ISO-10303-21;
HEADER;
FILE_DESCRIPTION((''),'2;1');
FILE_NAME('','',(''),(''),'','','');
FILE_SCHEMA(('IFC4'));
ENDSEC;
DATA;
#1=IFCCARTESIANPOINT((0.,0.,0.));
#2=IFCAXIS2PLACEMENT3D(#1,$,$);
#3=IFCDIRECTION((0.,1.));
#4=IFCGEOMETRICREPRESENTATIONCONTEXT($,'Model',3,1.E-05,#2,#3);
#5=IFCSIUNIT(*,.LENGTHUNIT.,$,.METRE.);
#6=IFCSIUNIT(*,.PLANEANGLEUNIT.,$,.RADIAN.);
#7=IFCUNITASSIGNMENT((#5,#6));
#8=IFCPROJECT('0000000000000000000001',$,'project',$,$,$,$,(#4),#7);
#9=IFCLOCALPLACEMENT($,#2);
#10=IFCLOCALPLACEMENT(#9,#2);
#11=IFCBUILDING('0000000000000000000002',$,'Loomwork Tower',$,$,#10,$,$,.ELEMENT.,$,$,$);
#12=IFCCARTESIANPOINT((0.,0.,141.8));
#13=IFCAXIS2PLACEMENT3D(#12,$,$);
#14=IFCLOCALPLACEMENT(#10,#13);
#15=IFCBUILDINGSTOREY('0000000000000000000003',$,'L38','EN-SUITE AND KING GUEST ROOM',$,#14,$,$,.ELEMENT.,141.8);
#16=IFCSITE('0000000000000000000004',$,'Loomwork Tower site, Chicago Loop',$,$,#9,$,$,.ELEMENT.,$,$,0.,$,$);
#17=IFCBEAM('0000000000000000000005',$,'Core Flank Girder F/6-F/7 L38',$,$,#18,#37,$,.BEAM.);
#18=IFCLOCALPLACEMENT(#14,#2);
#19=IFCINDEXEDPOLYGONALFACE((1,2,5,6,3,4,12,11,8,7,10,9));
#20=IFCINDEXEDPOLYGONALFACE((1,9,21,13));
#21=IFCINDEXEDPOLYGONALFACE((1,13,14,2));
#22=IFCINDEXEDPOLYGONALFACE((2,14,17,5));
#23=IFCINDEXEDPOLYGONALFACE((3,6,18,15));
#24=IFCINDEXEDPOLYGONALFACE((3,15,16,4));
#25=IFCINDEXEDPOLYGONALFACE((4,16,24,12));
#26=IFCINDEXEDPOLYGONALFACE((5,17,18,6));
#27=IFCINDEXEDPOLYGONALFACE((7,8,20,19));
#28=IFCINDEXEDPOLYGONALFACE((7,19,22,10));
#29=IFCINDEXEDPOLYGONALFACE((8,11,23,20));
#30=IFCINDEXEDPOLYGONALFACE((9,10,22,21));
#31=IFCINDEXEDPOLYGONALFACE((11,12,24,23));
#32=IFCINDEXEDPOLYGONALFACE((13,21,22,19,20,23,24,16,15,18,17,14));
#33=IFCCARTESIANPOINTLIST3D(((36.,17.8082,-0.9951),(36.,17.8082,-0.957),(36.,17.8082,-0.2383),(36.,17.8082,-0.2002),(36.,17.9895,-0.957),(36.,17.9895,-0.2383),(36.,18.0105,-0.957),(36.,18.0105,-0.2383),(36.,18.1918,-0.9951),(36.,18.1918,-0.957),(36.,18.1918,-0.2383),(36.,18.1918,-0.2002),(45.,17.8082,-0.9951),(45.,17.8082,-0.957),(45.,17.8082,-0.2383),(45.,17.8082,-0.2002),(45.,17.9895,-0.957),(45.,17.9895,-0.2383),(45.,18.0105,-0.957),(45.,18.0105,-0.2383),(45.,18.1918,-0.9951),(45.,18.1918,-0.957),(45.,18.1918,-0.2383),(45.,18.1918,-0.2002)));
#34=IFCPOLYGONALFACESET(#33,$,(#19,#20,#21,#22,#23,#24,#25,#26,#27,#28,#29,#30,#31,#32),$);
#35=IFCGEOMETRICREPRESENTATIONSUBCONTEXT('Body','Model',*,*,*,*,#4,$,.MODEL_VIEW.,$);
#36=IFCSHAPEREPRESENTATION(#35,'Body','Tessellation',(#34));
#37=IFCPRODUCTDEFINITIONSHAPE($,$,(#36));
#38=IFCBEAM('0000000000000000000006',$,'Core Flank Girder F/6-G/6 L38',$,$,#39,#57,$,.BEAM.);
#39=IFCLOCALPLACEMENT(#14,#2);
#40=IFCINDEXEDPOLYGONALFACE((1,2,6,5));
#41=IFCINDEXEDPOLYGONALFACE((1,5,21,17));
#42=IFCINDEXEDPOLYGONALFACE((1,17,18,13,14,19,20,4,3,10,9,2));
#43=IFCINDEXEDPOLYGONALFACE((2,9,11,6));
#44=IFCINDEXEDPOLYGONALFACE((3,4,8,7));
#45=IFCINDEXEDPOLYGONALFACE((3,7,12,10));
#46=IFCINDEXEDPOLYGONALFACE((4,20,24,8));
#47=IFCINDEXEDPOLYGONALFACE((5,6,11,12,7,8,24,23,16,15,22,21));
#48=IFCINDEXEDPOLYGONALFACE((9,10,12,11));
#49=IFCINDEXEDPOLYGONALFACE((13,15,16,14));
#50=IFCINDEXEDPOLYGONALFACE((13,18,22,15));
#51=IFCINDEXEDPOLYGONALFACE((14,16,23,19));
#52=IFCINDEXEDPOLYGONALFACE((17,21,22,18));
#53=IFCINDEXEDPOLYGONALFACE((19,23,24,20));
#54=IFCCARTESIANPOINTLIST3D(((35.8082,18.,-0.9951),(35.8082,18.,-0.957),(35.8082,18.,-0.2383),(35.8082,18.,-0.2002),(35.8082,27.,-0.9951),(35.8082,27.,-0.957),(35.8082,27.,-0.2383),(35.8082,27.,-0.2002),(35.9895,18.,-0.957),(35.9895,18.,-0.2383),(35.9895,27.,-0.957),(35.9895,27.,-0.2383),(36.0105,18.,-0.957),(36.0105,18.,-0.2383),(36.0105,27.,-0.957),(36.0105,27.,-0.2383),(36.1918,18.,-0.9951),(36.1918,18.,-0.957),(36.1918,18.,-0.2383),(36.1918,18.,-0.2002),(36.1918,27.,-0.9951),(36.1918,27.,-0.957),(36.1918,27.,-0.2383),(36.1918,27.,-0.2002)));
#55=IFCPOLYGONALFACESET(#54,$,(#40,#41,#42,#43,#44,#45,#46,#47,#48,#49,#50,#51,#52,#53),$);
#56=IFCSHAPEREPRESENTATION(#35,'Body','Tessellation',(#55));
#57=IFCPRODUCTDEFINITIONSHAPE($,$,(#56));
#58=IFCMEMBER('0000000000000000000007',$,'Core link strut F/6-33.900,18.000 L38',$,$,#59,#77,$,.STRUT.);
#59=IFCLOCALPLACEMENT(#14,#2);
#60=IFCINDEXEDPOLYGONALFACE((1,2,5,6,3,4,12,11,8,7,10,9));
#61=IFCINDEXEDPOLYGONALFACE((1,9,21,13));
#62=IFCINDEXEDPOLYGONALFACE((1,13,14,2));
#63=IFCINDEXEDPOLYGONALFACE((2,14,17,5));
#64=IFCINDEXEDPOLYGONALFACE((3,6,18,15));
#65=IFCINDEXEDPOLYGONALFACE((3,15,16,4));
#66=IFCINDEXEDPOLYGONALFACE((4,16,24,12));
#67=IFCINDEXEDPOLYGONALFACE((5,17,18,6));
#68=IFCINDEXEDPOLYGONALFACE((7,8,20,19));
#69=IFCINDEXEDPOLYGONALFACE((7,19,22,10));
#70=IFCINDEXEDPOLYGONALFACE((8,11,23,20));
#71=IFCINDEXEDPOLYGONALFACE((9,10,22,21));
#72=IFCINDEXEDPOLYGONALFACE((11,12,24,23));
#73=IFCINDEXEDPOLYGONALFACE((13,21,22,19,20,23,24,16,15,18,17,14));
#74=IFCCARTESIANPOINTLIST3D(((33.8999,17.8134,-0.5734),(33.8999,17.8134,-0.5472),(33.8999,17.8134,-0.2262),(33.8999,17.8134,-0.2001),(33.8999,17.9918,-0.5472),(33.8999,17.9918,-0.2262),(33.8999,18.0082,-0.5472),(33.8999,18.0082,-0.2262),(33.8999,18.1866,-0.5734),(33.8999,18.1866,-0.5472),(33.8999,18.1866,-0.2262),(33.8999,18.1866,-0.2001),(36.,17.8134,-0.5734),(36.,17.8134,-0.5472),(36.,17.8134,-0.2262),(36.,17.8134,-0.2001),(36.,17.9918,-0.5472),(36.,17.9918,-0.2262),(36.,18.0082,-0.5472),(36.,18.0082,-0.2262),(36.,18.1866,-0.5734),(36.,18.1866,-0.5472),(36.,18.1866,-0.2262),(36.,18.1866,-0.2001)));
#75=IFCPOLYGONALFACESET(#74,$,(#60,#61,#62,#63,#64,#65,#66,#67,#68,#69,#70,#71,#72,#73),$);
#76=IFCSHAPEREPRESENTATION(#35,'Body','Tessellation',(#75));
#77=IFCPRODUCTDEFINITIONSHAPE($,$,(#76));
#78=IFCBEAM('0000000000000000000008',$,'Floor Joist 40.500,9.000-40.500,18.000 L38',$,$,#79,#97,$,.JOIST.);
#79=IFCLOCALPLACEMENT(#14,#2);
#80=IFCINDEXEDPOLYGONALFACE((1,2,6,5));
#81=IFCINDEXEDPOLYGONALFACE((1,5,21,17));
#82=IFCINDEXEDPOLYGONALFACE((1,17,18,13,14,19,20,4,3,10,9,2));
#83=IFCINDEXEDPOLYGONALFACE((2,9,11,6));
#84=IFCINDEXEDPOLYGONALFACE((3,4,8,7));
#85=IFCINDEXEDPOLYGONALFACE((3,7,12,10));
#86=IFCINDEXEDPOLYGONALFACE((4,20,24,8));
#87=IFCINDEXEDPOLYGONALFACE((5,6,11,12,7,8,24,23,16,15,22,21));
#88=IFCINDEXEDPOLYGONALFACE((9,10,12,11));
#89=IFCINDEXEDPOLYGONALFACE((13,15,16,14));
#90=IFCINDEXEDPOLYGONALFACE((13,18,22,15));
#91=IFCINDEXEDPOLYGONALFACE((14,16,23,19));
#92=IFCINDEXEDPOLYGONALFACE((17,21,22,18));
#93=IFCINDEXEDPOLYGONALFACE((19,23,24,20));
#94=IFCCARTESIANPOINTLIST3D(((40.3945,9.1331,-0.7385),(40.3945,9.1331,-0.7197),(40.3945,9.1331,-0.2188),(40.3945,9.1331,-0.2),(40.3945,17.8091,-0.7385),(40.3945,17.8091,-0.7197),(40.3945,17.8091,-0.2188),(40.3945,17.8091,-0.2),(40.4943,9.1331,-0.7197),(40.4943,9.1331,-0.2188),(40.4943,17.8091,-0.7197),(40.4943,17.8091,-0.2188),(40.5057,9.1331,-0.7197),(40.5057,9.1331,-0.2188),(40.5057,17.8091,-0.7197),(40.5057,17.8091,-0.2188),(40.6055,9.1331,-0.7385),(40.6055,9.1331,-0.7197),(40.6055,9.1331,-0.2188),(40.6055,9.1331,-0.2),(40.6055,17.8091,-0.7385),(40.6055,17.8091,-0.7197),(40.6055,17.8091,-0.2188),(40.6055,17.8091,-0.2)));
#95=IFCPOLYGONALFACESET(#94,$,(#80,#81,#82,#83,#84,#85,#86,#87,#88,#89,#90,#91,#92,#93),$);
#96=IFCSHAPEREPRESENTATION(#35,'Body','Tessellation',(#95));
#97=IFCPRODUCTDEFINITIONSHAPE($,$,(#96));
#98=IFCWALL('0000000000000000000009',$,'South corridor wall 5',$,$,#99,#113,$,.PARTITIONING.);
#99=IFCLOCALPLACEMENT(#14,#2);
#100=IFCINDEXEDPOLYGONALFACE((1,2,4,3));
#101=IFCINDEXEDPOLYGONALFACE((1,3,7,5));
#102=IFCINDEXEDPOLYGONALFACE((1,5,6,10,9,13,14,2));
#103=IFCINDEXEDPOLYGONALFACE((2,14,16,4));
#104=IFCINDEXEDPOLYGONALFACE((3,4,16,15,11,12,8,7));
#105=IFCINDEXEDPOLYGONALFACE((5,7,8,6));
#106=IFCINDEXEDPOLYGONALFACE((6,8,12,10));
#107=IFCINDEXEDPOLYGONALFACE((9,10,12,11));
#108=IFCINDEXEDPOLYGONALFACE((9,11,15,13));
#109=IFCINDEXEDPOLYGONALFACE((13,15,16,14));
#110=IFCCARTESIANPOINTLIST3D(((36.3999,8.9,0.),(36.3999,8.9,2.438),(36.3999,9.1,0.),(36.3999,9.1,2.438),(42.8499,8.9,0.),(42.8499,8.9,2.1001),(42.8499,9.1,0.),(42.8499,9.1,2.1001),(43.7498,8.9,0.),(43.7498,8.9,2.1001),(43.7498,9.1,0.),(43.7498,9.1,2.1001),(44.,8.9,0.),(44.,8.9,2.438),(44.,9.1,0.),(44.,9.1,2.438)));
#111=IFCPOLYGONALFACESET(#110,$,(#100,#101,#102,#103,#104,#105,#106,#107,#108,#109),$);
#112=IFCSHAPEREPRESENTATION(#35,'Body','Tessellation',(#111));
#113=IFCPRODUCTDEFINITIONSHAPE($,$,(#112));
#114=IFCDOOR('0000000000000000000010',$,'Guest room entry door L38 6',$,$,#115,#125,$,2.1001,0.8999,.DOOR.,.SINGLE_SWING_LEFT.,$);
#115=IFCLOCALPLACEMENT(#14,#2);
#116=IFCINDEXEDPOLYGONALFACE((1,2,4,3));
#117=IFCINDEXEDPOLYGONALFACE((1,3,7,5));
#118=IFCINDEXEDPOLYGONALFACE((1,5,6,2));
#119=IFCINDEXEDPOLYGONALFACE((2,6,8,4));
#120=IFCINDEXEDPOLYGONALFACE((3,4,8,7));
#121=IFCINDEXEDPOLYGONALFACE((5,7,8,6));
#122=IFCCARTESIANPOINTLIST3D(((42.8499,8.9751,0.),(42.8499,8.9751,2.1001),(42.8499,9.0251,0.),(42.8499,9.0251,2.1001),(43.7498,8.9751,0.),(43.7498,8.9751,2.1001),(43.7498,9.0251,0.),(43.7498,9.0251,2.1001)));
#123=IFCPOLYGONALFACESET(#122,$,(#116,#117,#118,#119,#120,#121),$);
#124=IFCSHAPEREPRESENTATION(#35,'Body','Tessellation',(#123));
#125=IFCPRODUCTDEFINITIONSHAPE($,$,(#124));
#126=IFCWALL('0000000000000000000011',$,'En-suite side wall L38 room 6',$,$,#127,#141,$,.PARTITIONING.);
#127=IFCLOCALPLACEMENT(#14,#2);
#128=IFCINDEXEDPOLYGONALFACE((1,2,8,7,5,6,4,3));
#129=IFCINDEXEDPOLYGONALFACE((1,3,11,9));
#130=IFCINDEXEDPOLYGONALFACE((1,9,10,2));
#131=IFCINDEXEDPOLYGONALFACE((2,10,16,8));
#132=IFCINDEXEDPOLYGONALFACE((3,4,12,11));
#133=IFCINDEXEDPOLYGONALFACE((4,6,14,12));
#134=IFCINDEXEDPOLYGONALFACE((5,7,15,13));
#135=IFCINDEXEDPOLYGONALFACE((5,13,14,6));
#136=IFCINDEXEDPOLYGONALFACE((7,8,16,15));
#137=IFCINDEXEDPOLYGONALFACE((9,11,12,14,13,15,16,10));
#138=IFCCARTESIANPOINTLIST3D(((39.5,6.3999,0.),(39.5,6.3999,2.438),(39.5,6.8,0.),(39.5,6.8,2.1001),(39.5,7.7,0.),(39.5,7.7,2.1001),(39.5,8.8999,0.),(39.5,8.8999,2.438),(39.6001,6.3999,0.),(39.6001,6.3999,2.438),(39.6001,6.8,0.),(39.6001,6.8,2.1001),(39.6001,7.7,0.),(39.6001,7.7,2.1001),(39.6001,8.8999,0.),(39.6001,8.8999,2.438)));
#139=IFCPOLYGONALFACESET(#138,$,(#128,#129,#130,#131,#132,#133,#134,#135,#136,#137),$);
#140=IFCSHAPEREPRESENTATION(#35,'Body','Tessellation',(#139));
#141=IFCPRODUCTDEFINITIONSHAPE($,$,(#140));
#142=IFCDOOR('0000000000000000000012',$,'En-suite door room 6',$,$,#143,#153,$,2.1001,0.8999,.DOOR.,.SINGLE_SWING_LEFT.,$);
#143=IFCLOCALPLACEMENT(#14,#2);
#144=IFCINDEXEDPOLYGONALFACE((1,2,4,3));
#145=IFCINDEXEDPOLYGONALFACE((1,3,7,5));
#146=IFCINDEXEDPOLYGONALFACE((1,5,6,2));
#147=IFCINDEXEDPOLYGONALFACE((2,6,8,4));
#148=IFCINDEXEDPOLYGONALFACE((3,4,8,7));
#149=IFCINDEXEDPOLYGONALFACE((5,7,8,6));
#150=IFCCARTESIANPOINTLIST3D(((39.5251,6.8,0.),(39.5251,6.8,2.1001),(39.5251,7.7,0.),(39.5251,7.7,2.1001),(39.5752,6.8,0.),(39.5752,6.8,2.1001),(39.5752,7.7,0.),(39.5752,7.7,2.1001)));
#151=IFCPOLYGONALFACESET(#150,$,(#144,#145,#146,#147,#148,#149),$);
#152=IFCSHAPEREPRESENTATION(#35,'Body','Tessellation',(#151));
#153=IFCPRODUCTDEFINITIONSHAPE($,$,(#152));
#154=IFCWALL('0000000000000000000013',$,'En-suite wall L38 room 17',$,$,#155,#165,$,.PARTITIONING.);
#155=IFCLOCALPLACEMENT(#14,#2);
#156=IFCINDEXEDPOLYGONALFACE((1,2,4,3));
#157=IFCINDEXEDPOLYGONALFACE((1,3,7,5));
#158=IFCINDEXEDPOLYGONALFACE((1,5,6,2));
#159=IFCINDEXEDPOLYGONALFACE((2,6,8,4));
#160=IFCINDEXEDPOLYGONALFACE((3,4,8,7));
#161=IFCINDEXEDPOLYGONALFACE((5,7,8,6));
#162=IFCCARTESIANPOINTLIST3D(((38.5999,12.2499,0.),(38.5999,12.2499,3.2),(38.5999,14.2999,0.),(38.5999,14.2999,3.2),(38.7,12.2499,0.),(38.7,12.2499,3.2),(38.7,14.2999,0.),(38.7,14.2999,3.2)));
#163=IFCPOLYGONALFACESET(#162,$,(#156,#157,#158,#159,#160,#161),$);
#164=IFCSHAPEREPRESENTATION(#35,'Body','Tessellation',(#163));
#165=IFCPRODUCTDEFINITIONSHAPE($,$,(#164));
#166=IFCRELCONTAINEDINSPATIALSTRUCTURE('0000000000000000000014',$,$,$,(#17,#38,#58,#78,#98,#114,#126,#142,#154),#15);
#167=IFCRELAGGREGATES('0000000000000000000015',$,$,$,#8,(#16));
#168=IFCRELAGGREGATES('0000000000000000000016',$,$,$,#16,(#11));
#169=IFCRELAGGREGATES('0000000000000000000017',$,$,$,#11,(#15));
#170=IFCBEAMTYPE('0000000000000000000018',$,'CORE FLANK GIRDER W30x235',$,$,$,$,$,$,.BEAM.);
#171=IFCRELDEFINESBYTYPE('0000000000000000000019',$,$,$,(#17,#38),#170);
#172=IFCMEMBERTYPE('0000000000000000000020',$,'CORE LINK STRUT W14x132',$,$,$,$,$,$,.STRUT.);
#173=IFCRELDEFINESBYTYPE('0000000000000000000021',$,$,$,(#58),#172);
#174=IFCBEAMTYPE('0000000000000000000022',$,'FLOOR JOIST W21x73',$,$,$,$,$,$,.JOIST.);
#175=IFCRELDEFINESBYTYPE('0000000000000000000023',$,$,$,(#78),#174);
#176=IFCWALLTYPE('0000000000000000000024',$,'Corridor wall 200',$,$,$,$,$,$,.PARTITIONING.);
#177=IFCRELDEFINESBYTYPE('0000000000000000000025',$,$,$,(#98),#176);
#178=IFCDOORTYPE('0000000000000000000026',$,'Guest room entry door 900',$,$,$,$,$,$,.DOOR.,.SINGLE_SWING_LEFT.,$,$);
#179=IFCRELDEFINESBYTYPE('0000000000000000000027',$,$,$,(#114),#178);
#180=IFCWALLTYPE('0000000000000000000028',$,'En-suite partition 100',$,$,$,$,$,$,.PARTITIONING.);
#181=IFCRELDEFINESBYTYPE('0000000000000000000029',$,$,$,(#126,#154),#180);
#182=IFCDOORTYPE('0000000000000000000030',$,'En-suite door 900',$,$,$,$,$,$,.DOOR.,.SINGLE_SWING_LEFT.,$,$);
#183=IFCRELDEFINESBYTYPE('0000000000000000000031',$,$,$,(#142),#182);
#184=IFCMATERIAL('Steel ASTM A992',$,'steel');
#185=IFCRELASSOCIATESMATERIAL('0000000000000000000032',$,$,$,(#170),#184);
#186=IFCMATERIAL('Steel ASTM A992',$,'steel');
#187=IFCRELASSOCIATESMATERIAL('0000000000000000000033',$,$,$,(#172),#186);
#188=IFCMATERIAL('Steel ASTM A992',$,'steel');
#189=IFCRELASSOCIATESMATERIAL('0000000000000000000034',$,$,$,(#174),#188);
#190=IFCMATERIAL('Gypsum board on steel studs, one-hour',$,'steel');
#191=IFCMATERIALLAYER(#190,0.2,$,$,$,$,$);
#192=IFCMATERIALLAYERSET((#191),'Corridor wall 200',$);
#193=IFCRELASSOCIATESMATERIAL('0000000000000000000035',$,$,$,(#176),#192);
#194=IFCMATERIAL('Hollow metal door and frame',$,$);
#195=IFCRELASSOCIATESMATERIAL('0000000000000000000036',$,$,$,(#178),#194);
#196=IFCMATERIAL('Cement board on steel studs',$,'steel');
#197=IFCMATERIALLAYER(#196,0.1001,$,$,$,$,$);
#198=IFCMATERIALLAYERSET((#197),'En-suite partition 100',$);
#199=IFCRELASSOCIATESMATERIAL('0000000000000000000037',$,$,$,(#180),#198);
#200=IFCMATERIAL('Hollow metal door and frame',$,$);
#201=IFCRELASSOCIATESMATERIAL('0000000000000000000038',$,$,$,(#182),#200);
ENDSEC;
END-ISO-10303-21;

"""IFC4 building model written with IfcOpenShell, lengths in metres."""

from ifc_helpers import new_model, si_unit, direction, frame, frame_2d, origin, origin_2d, place, context, subcontext, project, spatial, rectangle, i_section, extrude, material, layer, layer_set, material_profile, profile_set, type_object, element, fill, save


model = new_model("IFC4")

# Units and contexts
model_context = context("Model", 3, precision=1e-05, world=origin(), true_north=direction((0.0, 1.0)))
body_context = subcontext(model_context, "Body", "Model", "MODEL_VIEW")
ifc_project = project(units=[si_unit("LENGTHUNIT", "METRE"), si_unit("PLANEANGLEUNIT", "RADIAN")], contexts=[model_context])

# Site, building, storey
site_placement = place(None, origin())
site = spatial("IfcSite", under=ifc_project, at=site_placement, Name="Loomwork Tower site, Chicago Loop", CompositionType="ELEMENT", RefElevation=0.0)
building_placement = place(site_placement, origin())
building = spatial("IfcBuilding", under=site, at=building_placement, Name="Loomwork Tower", CompositionType="ELEMENT")
storey_placement = place(building_placement, frame((0.0, 0.0, 141.8)))
storey = spatial("IfcBuildingStorey", under=building, at=storey_placement, Name="L38", Description="EN-SUITE AND KING GUEST ROOM", CompositionType="ELEMENT", Elevation=141.8)

# Beams
ifc_material_1 = material(Name="Steel ASTM A992", Category="steel")
ifc_material_profile_1 = material_profile(ifc_material_1, i_section(OverallWidth=0.3835, OverallDepth=0.7949, WebThickness=0.021, FlangeThickness=0.0381, at=origin_2d()), Name="W30x235")
ifc_profile_set_1 = profile_set([ifc_material_profile_1], Name="Steel ASTM A992")
beam_type_1 = type_object("IfcBeamType", Name="CORE FLANK GIRDER W30x235", PredefinedType="BEAM", material=ifc_profile_set_1)
for number, where, z_axis, x_axis, name in (
    (1, (36.0, 18.0, -0.5977), (1.0, 0.0, 0.0), (0.0, 1.0, 0.0), "Core Flank Girder F/6-F/7 L38"),
    (2, (36.0, 18.0, -0.5977), (0.0, 1.0, 0.0), (-1.0, 0.0, 0.0), "Core Flank Girder F/6-G/6 L38"),
):
    element("IfcBeam", number, at=place(storey_placement, frame(where, z_axis=z_axis, x_axis=x_axis)), inside=storey, type_object=beam_type_1, Name=name, PredefinedType="BEAM", context=body_context, shape_type="SweptSolid", body=[
        extrude(i_section(OverallWidth=0.3835, OverallDepth=0.7949, WebThickness=0.021, FlangeThickness=0.0381, at=origin_2d()), origin(), (0.0, 0.0, 1.0), 9.0),
    ])

# Member
ifc_material_2 = material(Name="Steel ASTM A992", Category="steel")
ifc_material_profile_2 = material_profile(ifc_material_2, i_section(OverallWidth=0.3733, OverallDepth=0.3733, WebThickness=0.0164, FlangeThickness=0.0261, at=origin_2d()), Name="W14x132")
ifc_profile_set_2 = profile_set([ifc_material_profile_2], Name="Steel ASTM A992")
member_type = type_object("IfcMemberType", Name="CORE LINK STRUT W14x132", PredefinedType="STRUT", material=ifc_profile_set_2)
member_placement = place(storey_placement, frame((36.0, 18.0, -0.3867), z_axis=(-1.0, 0.0, 0.0), x_axis=(0.0, -1.0, 0.0)))
element("IfcMember", 3, at=member_placement, inside=storey, type_object=member_type, Name="Core link strut F/6-33.900,18.000 L38", PredefinedType="STRUT", context=body_context, shape_type="SweptSolid", body=[
    extrude(i_section(OverallWidth=0.3733, OverallDepth=0.3733, WebThickness=0.0164, FlangeThickness=0.0261, at=origin_2d()), origin(), (0.0, 0.0, 1.0), 2.1001),
])

# Beam
ifc_material_3 = material(Name="Steel ASTM A992", Category="steel")
ifc_material_profile_3 = material_profile(ifc_material_3, i_section(OverallWidth=0.2109, OverallDepth=0.5386, WebThickness=0.0115, FlangeThickness=0.0188, at=origin_2d()), Name="W21x73")
ifc_profile_set_3 = profile_set([ifc_material_profile_3], Name="Steel ASTM A992")
beam_type_2 = type_object("IfcBeamType", Name="FLOOR JOIST W21x73", PredefinedType="JOIST", material=ifc_profile_set_3)
beam_placement = place(storey_placement, frame((40.5, 9.1331, -0.4692), z_axis=(0.0, 1.0, 0.0), x_axis=(-1.0, 0.0, 0.0)))
element("IfcBeam", 4, at=beam_placement, inside=storey, type_object=beam_type_2, Name="Floor Joist 40.500,9.000-40.500,18.000 L38", PredefinedType="JOIST", context=body_context, shape_type="SweptSolid", body=[
    extrude(i_section(OverallWidth=0.2109, OverallDepth=0.5386, WebThickness=0.0115, FlangeThickness=0.0188, at=origin_2d()), origin(), (0.0, 0.0, 1.0), 8.676),
])

# Walls, openings, doors
ifc_material_4 = material(Name="Gypsum board on steel studs, one-hour", Category="steel")
ifc_layer_1 = layer(ifc_material_4, 0.2)
ifc_layer_set_1 = layer_set([ifc_layer_1], Name="Corridor wall 200")
wall_type_1 = type_object("IfcWallType", Name="Corridor wall 200", PredefinedType="PARTITIONING", material=ifc_layer_set_1)
wall_1_placement = place(storey_placement, frame((36.3999, 9.0, 0.0), z_axis=(0.0, 0.0, 1.0), x_axis=(1.0, 0.0, 0.0)))
wall_1 = element("IfcWall", 5, at=wall_1_placement, inside=storey, type_object=wall_type_1, Name="South corridor wall 5", PredefinedType="PARTITIONING", context=body_context, shape_type="SweptSolid", body=[
    extrude(rectangle(XDim=7.6001, YDim=0.2, at=frame_2d((3.8, 0.0))), origin(), (0.0, 0.0, 1.0), 2.438),
])
opening_1_placement = place(wall_1_placement, frame((6.45, 0.0, 0.0)))
opening_1 = element("IfcOpeningElement", 6, at=opening_1_placement, cuts=wall_1, PredefinedType="OPENING", context=body_context, shape_type="SweptSolid", body=[
    extrude(rectangle(XDim=0.8999, YDim=2.1001, at=frame_2d((0.45, 1.05))), frame((0.0, 0.1099, 0.0), z_axis=(0.0, -1.0, 0.0), x_axis=(1.0, 0.0, 0.0)), (0.0, 0.0, 1.0), 0.22),
])
ifc_material_5 = material(Name="Hollow metal door and frame")
door_type_1 = type_object("IfcDoorType", Name="Guest room entry door 900", OperationType="SINGLE_SWING_LEFT", PredefinedType="DOOR", material=ifc_material_5)
door_1_placement = place(opening_1_placement, frame((0.8999, 0.0, 0.0), z_axis=(0.0, 0.0, 1.0), x_axis=(-1.0, 0.0, 0.0)))
door_1 = element("IfcDoor", 7, at=door_1_placement, inside=storey, type_object=door_type_1, Name="Guest room entry door L38 6", OperationType="SINGLE_SWING_LEFT", OverallHeight=2.1001, OverallWidth=0.8999, PredefinedType="DOOR", context=body_context, shape_type="SweptSolid", body=[
    extrude(rectangle(XDim=0.8999, YDim=2.1001, at=frame_2d((0.45, 1.05))), frame((0.0, 0.0249, 0.0), z_axis=(0.0, -1.0, 0.0), x_axis=(1.0, 0.0, 0.0)), (0.0, 0.0, 1.0), 0.05),
])
fill(opening_1, door_1)
ifc_material_6 = material(Name="Cement board on steel studs", Category="steel")
ifc_layer_2 = layer(ifc_material_6, 0.1001)
ifc_layer_set_2 = layer_set([ifc_layer_2], Name="En-suite partition 100")
wall_type_2 = type_object("IfcWallType", Name="En-suite partition 100", PredefinedType="PARTITIONING", material=ifc_layer_set_2)
wall_2_placement = place(storey_placement, frame((39.55, 8.8999, 0.0), z_axis=(0.0, 0.0, 1.0), x_axis=(0.0, -1.0, 0.0)))
wall_2 = element("IfcWall", 8, at=wall_2_placement, inside=storey, type_object=wall_type_2, Name="En-suite side wall L38 room 6", PredefinedType="PARTITIONING", context=body_context, shape_type="SweptSolid", body=[
    extrude(rectangle(XDim=2.5, YDim=0.1001, at=frame_2d((1.25, 0.0))), origin(), (0.0, 0.0, 1.0), 2.438),
])
opening_2_placement = place(wall_2_placement, frame((1.2, 0.0, 0.0)))
opening_2 = element("IfcOpeningElement", 9, at=opening_2_placement, cuts=wall_2, PredefinedType="OPENING", context=body_context, shape_type="SweptSolid", body=[
    extrude(rectangle(XDim=0.8999, YDim=2.1001, at=frame_2d((0.45, 1.05))), frame((0.0, 0.0601, 0.0), z_axis=(0.0, -1.0, 0.0), x_axis=(1.0, 0.0, 0.0)), (0.0, 0.0, 1.0), 0.1201),
])
ifc_material_7 = material(Name="Hollow metal door and frame")
door_type_2 = type_object("IfcDoorType", Name="En-suite door 900", OperationType="SINGLE_SWING_LEFT", PredefinedType="DOOR", material=ifc_material_7)
door_2_placement = place(opening_2_placement, frame((0.8999, 0.0, 0.0), z_axis=(0.0, 0.0, 1.0), x_axis=(-1.0, 0.0, 0.0)))
door_2 = element("IfcDoor", 10, at=door_2_placement, inside=storey, type_object=door_type_2, Name="En-suite door room 6", OperationType="SINGLE_SWING_LEFT", OverallHeight=2.1001, OverallWidth=0.8999, PredefinedType="DOOR", context=body_context, shape_type="SweptSolid", body=[
    extrude(rectangle(XDim=0.8999, YDim=2.1001, at=frame_2d((0.45, 1.05))), frame((0.0, 0.0249, 0.0), z_axis=(0.0, -1.0, 0.0), x_axis=(1.0, 0.0, 0.0)), (0.0, 0.0, 1.0), 0.05),
])
fill(opening_2, door_2)

# Wall
wall_3_placement = place(storey_placement, frame((38.6499, 12.25, 0.0), z_axis=(0.0, 0.0, 1.0), x_axis=(0.0, 1.0, 0.0)))
element("IfcWall", 11, at=wall_3_placement, inside=storey, type_object=wall_type_2, Name="En-suite wall L38 room 17", PredefinedType="PARTITIONING", context=body_context, shape_type="SweptSolid", body=[
    extrude(rectangle(XDim=2.05, YDim=0.1001, at=frame_2d((1.0249, 0.0))), origin(), (0.0, 0.0, 1.0), 3.2),
])

save(model, "model.ifc")
